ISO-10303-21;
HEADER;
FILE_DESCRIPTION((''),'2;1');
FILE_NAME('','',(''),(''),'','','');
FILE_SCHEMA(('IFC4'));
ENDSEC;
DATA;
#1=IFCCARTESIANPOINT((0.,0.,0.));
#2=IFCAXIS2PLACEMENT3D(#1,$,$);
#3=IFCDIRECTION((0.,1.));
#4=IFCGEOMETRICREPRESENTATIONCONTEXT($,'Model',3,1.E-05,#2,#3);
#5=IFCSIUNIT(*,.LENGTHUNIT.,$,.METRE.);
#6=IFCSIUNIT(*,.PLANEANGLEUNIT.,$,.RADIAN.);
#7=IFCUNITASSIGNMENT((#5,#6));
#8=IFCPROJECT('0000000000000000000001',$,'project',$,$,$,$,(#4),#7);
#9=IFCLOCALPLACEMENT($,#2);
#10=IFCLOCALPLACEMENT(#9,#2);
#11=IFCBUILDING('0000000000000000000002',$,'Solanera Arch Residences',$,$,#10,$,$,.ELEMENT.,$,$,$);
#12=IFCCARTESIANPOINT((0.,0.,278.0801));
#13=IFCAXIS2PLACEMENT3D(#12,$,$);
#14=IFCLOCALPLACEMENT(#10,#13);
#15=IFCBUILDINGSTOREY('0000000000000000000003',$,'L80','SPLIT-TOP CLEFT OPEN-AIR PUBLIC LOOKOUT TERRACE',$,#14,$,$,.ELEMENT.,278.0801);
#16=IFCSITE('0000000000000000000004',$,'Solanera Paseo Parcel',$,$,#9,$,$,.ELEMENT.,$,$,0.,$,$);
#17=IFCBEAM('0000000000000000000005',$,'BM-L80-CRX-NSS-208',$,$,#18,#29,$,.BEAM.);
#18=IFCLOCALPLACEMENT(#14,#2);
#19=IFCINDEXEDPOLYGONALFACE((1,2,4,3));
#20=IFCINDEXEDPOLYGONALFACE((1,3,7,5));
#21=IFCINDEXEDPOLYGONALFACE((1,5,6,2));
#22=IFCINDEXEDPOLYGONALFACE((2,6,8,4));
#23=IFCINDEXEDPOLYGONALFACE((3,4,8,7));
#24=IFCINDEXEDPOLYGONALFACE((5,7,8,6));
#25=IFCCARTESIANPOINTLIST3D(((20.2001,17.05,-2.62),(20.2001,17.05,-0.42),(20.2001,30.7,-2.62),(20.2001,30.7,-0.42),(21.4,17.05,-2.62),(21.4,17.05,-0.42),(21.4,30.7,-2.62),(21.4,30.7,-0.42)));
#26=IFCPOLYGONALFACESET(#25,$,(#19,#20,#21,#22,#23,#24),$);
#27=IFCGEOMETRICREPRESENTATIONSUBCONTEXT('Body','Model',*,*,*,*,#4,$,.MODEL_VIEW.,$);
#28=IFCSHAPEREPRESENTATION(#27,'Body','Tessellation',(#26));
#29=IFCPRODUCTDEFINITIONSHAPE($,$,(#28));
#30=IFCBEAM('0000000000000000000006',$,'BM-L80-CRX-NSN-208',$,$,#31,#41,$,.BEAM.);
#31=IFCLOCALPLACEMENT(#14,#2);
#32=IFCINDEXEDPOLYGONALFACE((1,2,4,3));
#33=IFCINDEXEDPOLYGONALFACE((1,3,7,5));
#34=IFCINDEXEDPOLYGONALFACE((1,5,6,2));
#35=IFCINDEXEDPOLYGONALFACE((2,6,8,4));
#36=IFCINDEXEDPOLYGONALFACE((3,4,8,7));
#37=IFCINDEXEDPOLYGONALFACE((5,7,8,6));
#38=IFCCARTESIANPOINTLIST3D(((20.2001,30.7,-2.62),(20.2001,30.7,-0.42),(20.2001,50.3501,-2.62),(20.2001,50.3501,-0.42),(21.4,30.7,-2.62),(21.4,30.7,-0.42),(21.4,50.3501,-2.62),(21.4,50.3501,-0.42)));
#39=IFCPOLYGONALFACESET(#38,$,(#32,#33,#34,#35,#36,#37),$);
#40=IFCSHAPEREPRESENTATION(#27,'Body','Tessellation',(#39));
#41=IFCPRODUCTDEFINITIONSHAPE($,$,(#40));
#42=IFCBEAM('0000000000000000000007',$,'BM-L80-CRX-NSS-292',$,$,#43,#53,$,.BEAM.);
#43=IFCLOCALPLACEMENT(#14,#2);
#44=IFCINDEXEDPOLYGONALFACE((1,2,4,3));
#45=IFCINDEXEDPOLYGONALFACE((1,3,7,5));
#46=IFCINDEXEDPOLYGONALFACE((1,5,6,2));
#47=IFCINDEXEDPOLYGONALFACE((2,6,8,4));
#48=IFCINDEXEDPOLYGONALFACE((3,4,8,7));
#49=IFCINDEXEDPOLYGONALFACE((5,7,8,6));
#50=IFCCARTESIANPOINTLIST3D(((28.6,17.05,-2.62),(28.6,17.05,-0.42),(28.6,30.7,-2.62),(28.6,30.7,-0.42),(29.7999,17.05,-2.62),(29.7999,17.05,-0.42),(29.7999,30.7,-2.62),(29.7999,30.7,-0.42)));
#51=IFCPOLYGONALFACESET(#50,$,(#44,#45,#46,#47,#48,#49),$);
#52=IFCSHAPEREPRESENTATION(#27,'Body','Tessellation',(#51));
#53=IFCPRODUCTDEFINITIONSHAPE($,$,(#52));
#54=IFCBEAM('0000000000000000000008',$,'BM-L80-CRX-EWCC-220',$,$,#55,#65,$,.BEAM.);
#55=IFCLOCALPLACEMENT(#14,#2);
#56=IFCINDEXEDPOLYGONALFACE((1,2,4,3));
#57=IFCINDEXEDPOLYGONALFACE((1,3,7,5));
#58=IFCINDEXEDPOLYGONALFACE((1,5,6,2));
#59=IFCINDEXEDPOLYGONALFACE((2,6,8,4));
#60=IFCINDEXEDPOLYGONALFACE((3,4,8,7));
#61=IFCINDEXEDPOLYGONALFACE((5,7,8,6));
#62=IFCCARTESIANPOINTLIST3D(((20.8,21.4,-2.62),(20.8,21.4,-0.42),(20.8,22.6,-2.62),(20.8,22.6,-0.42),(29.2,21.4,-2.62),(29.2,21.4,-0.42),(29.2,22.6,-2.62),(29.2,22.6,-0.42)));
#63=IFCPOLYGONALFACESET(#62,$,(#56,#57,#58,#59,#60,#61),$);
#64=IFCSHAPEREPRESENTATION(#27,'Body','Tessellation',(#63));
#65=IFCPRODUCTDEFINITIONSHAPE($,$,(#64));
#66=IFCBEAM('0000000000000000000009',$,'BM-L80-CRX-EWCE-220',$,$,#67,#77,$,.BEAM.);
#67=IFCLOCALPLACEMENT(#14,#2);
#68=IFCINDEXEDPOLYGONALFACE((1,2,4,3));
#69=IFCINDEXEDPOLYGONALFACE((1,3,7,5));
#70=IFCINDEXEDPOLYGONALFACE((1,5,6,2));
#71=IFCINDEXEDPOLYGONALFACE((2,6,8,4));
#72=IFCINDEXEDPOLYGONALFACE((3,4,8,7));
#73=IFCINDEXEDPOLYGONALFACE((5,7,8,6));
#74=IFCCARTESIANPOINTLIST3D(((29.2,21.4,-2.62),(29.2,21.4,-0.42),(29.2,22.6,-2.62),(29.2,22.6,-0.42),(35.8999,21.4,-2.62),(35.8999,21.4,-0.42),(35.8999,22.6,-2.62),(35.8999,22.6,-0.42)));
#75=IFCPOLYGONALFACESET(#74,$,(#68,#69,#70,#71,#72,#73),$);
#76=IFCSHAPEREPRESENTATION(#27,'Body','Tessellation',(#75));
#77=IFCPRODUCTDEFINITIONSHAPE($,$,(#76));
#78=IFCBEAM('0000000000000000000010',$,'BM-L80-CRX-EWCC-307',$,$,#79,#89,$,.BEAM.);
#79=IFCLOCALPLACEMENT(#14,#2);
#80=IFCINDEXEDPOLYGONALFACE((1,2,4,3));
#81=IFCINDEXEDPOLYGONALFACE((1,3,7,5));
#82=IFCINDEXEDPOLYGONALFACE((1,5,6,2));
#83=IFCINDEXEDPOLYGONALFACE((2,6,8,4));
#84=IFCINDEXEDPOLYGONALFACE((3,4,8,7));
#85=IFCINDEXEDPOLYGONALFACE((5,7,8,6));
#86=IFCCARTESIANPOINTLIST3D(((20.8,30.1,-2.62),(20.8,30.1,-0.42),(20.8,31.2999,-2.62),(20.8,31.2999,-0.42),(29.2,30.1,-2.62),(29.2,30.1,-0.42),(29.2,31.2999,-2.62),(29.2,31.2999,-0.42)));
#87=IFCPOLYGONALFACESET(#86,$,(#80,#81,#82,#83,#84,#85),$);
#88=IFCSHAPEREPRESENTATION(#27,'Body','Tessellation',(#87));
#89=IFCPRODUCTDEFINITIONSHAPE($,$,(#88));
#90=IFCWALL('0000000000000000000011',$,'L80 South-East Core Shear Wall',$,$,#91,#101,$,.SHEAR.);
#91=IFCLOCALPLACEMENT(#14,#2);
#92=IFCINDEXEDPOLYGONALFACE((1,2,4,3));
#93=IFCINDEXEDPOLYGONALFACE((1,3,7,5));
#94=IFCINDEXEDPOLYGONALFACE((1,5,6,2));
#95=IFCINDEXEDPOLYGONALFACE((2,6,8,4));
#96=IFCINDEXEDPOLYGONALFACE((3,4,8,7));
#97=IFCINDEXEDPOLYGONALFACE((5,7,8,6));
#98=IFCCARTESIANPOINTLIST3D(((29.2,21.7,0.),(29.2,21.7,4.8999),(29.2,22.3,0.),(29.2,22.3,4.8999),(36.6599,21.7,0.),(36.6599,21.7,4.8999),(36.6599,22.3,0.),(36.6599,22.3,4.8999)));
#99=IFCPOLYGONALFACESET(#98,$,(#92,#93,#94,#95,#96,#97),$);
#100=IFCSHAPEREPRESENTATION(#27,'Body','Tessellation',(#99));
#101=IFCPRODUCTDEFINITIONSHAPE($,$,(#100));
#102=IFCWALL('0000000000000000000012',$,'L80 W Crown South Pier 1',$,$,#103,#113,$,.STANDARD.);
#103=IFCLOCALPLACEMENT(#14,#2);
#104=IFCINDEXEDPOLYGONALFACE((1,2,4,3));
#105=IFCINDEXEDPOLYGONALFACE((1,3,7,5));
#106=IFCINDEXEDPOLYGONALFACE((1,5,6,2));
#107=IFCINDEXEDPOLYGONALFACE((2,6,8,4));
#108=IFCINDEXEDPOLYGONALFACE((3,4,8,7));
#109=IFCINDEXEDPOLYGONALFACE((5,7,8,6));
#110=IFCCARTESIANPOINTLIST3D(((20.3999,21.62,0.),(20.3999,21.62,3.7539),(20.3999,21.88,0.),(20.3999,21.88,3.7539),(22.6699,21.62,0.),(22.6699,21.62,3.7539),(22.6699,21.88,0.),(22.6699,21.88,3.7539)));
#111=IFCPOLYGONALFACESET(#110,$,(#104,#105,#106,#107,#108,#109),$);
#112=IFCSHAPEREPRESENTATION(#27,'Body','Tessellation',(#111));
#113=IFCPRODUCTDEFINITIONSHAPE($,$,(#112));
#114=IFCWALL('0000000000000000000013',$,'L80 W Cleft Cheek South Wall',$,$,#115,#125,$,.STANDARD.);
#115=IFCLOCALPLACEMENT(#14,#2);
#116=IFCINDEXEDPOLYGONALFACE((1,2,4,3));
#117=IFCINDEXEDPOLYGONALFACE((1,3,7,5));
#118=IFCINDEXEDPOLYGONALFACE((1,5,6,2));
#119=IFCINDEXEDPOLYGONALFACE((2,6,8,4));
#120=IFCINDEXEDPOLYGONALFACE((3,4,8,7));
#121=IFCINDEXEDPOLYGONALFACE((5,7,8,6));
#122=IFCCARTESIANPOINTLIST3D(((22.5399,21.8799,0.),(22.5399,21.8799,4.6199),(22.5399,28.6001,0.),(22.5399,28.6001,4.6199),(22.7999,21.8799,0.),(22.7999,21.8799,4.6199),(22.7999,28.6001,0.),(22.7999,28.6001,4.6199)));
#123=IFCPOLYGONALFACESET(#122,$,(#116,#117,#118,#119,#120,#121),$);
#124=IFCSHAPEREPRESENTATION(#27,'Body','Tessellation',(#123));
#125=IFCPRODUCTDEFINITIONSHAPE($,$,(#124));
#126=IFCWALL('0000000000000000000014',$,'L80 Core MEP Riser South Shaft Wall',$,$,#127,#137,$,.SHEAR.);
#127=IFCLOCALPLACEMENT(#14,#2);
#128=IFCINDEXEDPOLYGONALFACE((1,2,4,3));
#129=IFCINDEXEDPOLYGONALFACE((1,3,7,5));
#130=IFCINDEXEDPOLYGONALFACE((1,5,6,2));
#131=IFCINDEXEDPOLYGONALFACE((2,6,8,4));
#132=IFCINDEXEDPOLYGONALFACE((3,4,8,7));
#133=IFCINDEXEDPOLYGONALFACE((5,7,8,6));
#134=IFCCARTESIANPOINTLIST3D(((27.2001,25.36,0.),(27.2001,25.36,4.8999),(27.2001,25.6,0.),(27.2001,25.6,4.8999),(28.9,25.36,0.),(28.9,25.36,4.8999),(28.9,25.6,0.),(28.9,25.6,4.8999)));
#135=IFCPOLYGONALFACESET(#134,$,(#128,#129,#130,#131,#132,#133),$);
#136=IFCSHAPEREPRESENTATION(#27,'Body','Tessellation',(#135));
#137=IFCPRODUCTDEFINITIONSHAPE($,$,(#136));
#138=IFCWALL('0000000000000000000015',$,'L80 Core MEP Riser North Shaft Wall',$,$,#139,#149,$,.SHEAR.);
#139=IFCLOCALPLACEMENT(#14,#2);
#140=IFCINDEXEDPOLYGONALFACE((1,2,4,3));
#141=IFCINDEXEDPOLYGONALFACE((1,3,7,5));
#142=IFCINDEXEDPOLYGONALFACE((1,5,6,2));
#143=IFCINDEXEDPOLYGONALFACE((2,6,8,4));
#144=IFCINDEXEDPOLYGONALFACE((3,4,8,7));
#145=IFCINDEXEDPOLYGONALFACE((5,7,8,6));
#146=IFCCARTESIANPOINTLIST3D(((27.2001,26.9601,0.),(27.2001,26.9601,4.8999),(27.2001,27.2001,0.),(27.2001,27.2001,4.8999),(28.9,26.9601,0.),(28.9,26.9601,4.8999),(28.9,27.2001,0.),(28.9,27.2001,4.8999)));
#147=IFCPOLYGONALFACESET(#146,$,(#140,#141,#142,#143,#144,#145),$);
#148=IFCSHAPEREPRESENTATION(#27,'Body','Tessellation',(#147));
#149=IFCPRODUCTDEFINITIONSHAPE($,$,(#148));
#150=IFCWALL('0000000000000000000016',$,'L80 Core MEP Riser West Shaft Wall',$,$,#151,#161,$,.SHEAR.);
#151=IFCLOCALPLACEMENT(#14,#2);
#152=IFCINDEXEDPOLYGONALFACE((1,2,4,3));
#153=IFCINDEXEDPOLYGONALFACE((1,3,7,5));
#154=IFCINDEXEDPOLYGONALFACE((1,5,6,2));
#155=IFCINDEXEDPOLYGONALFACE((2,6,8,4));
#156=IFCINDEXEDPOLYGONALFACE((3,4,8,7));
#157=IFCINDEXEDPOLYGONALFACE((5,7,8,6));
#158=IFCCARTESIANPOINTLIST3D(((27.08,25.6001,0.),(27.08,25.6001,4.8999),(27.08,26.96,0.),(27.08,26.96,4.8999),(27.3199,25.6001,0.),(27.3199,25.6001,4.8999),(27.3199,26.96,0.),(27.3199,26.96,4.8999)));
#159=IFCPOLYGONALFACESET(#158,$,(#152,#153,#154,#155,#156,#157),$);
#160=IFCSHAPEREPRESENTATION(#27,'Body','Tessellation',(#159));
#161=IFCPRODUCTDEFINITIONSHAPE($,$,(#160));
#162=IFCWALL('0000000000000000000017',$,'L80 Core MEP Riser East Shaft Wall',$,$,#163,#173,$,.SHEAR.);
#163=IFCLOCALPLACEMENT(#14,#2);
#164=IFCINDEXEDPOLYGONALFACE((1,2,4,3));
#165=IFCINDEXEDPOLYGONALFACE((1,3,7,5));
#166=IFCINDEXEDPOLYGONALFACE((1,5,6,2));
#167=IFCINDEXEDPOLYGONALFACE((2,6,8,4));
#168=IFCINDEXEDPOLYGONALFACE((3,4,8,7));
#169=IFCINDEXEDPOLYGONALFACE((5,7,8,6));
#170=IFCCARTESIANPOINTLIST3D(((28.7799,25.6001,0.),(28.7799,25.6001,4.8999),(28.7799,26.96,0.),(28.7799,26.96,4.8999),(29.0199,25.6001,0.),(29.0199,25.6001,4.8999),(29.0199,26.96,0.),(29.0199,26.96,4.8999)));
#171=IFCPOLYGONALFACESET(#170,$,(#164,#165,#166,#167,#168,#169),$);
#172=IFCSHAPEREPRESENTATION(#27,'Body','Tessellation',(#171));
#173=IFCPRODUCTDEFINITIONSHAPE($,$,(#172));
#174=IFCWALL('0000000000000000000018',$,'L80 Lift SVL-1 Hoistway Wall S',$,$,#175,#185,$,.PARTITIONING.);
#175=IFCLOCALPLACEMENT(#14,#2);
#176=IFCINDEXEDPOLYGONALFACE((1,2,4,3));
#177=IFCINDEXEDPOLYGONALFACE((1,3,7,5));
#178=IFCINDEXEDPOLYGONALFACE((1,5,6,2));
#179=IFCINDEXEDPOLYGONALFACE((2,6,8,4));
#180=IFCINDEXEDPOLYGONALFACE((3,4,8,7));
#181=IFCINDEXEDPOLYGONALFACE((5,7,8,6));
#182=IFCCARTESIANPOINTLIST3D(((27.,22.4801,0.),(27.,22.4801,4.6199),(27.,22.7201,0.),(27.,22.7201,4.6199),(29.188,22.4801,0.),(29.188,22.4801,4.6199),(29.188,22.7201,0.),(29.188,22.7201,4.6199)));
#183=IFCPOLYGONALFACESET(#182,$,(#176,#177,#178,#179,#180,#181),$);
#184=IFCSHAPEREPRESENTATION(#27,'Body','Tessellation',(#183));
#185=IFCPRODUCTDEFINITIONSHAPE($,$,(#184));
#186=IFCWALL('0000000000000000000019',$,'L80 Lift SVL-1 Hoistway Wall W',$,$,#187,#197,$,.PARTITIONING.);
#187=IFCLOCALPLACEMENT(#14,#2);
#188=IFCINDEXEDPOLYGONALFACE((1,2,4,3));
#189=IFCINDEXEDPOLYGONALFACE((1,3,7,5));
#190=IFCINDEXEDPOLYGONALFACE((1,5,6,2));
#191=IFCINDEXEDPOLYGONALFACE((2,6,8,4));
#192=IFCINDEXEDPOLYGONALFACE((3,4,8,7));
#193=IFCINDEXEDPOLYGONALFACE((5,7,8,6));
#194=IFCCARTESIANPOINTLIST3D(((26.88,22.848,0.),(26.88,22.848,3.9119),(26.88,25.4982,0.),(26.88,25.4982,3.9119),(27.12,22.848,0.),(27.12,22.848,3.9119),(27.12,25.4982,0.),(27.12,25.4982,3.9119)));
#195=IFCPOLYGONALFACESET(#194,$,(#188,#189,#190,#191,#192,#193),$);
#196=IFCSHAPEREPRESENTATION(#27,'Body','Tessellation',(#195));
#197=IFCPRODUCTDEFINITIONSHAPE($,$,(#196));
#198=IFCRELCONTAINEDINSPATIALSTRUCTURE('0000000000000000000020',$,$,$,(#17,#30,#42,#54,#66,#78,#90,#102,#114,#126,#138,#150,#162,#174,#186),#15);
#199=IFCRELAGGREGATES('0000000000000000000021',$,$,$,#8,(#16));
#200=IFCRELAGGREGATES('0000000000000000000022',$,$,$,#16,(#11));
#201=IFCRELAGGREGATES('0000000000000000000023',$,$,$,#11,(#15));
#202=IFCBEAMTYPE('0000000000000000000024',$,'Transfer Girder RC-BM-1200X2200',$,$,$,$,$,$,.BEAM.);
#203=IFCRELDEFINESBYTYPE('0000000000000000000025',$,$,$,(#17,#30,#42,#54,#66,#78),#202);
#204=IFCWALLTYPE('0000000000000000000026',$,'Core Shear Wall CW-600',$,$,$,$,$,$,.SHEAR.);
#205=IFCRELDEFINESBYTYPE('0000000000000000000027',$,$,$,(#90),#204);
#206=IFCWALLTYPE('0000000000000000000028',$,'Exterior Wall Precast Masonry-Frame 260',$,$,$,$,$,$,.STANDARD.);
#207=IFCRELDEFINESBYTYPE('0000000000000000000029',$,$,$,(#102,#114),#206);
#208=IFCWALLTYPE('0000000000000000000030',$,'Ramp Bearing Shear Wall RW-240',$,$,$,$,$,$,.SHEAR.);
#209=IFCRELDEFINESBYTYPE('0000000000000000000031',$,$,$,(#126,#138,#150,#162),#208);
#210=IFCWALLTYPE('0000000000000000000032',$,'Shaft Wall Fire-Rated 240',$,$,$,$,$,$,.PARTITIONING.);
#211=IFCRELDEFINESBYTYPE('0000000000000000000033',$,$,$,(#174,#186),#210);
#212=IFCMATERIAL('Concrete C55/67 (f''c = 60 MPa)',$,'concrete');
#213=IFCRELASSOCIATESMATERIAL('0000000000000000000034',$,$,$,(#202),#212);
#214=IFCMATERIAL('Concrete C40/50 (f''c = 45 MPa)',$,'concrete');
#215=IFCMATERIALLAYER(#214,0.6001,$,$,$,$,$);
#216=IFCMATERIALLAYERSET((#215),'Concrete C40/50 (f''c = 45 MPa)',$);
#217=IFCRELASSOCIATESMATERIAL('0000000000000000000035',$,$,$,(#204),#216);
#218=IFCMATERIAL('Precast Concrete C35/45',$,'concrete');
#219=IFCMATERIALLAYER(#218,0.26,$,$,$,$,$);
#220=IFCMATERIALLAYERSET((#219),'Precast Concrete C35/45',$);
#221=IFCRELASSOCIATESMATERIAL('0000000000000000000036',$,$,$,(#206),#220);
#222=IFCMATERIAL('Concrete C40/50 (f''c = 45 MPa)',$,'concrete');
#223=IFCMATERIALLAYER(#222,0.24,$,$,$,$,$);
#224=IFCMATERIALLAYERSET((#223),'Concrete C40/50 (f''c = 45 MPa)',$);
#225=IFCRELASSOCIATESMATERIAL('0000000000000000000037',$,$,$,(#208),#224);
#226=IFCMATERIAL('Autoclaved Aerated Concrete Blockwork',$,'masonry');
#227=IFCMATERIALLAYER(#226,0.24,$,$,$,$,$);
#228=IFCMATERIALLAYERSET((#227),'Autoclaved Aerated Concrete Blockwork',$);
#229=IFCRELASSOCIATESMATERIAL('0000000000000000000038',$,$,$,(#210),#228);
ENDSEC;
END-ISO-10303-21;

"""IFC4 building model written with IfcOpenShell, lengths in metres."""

from ifc_helpers import new_model, si_unit, direction, frame, frame_2d, origin, origin_2d, place, context, subcontext, project, spatial, rectangle, extrude, material, layer, layer_set, material_profile, profile_set, type_object, element, save


model = new_model("IFC4")

# Units and contexts
model_context = context("Model", 3, precision=1e-05, world=origin(), true_north=direction((0.0, 1.0)))
body_context = subcontext(model_context, "Body", "Model", "MODEL_VIEW")
ifc_project = project(units=[si_unit("LENGTHUNIT", "METRE"), si_unit("PLANEANGLEUNIT", "RADIAN")], contexts=[model_context])

# Site, building, storey
site_placement = place(None, origin())
site = spatial("IfcSite", under=ifc_project, at=site_placement, Name="Solanera Paseo Parcel", CompositionType="ELEMENT", RefElevation=0.0)
building_placement = place(site_placement, origin())
building = spatial("IfcBuilding", under=site, at=building_placement, Name="Solanera Arch Residences", CompositionType="ELEMENT")
storey_placement = place(building_placement, frame((0.0, 0.0, 278.0801)))
storey = spatial("IfcBuildingStorey", under=building, at=storey_placement, Name="L80", Description="SPLIT-TOP CLEFT OPEN-AIR PUBLIC LOOKOUT TERRACE", CompositionType="ELEMENT", Elevation=278.0801)

# Beams
ifc_material_1 = material(Name="Concrete C55/67 (f'c = 60 MPa)", Category="concrete")
ifc_material_profile_1 = material_profile(ifc_material_1, rectangle(XDim=1.2, YDim=2.2, at=origin_2d()))
ifc_profile_set_1 = profile_set([ifc_material_profile_1], Name="Concrete C55/67 (f'c = 60 MPa)")
beam_type_1 = type_object("IfcBeamType", Name="Transfer Girder RC-BM-1200X2200", PredefinedType="BEAM", material=ifc_profile_set_1)
beam_1_placement = place(storey_placement, frame((20.8, 17.05, -1.52), z_axis=(0.0, 1.0, 0.0), x_axis=(-1.0, 0.0, 0.0)))
element("IfcBeam", 1, at=beam_1_placement, inside=storey, type_object=beam_type_1, Name="BM-L80-CRX-NSS-208", PredefinedType="BEAM", context=body_context, shape_type="SweptSolid", body=[
    extrude(rectangle(XDim=1.2, YDim=2.2, at=origin_2d()), origin(), (0.0, 0.0, 1.0), 13.6499),
])
beam_2_placement = place(storey_placement, frame((20.8, 30.7, -1.52), z_axis=(0.0, 1.0, 0.0), x_axis=(-1.0, 0.0, 0.0)))
element("IfcBeam", 2, at=beam_2_placement, inside=storey, type_object=beam_type_1, Name="BM-L80-CRX-NSN-208", PredefinedType="BEAM", context=body_context, shape_type="SweptSolid", body=[
    extrude(rectangle(XDim=1.2, YDim=2.2, at=origin_2d()), origin(), (0.0, 0.0, 1.0), 19.6501),
])
beam_3_placement = place(storey_placement, frame((29.2, 17.05, -1.52), z_axis=(0.0, 1.0, 0.0), x_axis=(-1.0, 0.0, 0.0)))
element("IfcBeam", 3, at=beam_3_placement, inside=storey, type_object=beam_type_1, Name="BM-L80-CRX-NSS-292", PredefinedType="BEAM", context=body_context, shape_type="SweptSolid", body=[
    extrude(rectangle(XDim=1.2, YDim=2.2, at=origin_2d()), origin(), (0.0, 0.0, 1.0), 13.6499),
])
beam_4_placement = place(storey_placement, frame((20.8, 22.0, -1.52), z_axis=(1.0, 0.0, 0.0), x_axis=(0.0, 1.0, 0.0)))
element("IfcBeam", 4, at=beam_4_placement, inside=storey, type_object=beam_type_1, Name="BM-L80-CRX-EWCC-220", PredefinedType="BEAM", context=body_context, shape_type="SweptSolid", body=[
    extrude(rectangle(XDim=1.2, YDim=2.2, at=origin_2d()), origin(), (0.0, 0.0, 1.0), 8.3999),
])
beam_5_placement = place(storey_placement, frame((29.2, 22.0, -1.52), z_axis=(1.0, 0.0, 0.0), x_axis=(0.0, 1.0, 0.0)))
element("IfcBeam", 5, at=beam_5_placement, inside=storey, type_object=beam_type_1, Name="BM-L80-CRX-EWCE-220", PredefinedType="BEAM", context=body_context, shape_type="SweptSolid", body=[
    extrude(rectangle(XDim=1.2, YDim=2.2, at=origin_2d()), origin(), (0.0, 0.0, 1.0), 6.7),
])
beam_6_placement = place(storey_placement, frame((20.8, 30.7, -1.52), z_axis=(1.0, 0.0, 0.0), x_axis=(0.0, 1.0, 0.0)))
element("IfcBeam", 6, at=beam_6_placement, inside=storey, type_object=beam_type_1, Name="BM-L80-CRX-EWCC-307", PredefinedType="BEAM", context=body_context, shape_type="SweptSolid", body=[
    extrude(rectangle(XDim=1.2, YDim=2.2, at=origin_2d()), origin(), (0.0, 0.0, 1.0), 8.3999),
])

# Walls
ifc_material_2 = material(Name="Concrete C40/50 (f'c = 45 MPa)", Category="concrete")
ifc_layer_1 = layer(ifc_material_2, 0.6001)
ifc_layer_set_1 = layer_set([ifc_layer_1], Name="Concrete C40/50 (f'c = 45 MPa)")
wall_type_1 = type_object("IfcWallType", Name="Core Shear Wall CW-600", PredefinedType="SHEAR", material=ifc_layer_set_1)
wall_1_placement = place(storey_placement, frame((29.2, 22.0, 0.0), z_axis=(0.0, 0.0, 1.0), x_axis=(1.0, 0.0, 0.0)))
element("IfcWall", 7, at=wall_1_placement, inside=storey, type_object=wall_type_1, Name="L80 South-East Core Shear Wall", PredefinedType="SHEAR", context=body_context, shape_type="SweptSolid", body=[
    extrude(rectangle(XDim=7.46, YDim=0.6001, at=frame_2d((3.73, 0.0))), origin(), (0.0, 0.0, 1.0), 4.8999),
])
ifc_material_3 = material(Name="Precast Concrete C35/45", Category="concrete")
ifc_layer_2 = layer(ifc_material_3, 0.26)
ifc_layer_set_2 = layer_set([ifc_layer_2], Name="Precast Concrete C35/45")
wall_type_2 = type_object("IfcWallType", Name="Exterior Wall Precast Masonry-Frame 260", PredefinedType="STANDARD", material=ifc_layer_set_2)
wall_2_placement = place(storey_placement, frame((22.6699, 21.75, 0.0), z_axis=(0.0, 0.0, 1.0), x_axis=(-1.0, 0.0, 0.0)))
element("IfcWall", 8, at=wall_2_placement, inside=storey, type_object=wall_type_2, Name="L80 W Crown South Pier 1", PredefinedType="STANDARD", context=body_context, shape_type="SweptSolid", body=[
    extrude(rectangle(XDim=2.27, YDim=0.26, at=frame_2d((1.135, 0.0))), origin(), (0.0, 0.0, 1.0), 3.7539),
])
wall_3_placement = place(storey_placement, frame((22.6699, 21.8799, 0.0), z_axis=(0.0, 0.0, 1.0), x_axis=(0.0, 1.0, 0.0)))
element("IfcWall", 9, at=wall_3_placement, inside=storey, type_object=wall_type_2, Name="L80 W Cleft Cheek South Wall", PredefinedType="STANDARD", context=body_context, shape_type="SweptSolid", body=[
    extrude(rectangle(XDim=6.7202, YDim=0.26, at=frame_2d((3.3601, 0.0))), origin(), (0.0, 0.0, 1.0), 4.6199),
])
ifc_material_4 = material(Name="Concrete C40/50 (f'c = 45 MPa)", Category="concrete")
ifc_layer_3 = layer(ifc_material_4, 0.24)
ifc_layer_set_3 = layer_set([ifc_layer_3], Name="Concrete C40/50 (f'c = 45 MPa)")
wall_type_3 = type_object("IfcWallType", Name="Ramp Bearing Shear Wall RW-240", PredefinedType="SHEAR", material=ifc_layer_set_3)
for number, where, z_axis, x_axis, name in (
    (10, (27.2, 25.48, 0.0), (0.0, 0.0, 1.0), (1.0, 0.0, 0.0), "L80 Core MEP Riser South Shaft Wall"),
    (11, (27.2, 27.0801, 0.0), (0.0, 0.0, 1.0), (1.0, 0.0, 0.0), "L80 Core MEP Riser North Shaft Wall"),
):
    element("IfcWall", number, at=place(storey_placement, frame(where, z_axis=z_axis, x_axis=x_axis)), inside=storey, type_object=wall_type_3, Name=name, PredefinedType="SHEAR", context=body_context, shape_type="SweptSolid", body=[
        extrude(rectangle(XDim=1.7, YDim=0.24, at=frame_2d((0.8501, 0.0))), origin(), (0.0, 0.0, 1.0), 4.8999),
    ])
for number, where, z_axis, x_axis, name in (
    (12, (27.2, 25.6001, 0.0), (0.0, 0.0, 1.0), (0.0, 1.0, 0.0), "L80 Core MEP Riser West Shaft Wall"),
    (13, (28.8999, 25.6001, 0.0), (0.0, 0.0, 1.0), (0.0, 1.0, 0.0), "L80 Core MEP Riser East Shaft Wall"),
):
    element("IfcWall", number, at=place(storey_placement, frame(where, z_axis=z_axis, x_axis=x_axis)), inside=storey, type_object=wall_type_3, Name=name, PredefinedType="SHEAR", context=body_context, shape_type="SweptSolid", body=[
        extrude(rectangle(XDim=1.3599, YDim=0.24, at=frame_2d((0.6799, 0.0))), origin(), (0.0, 0.0, 1.0), 4.8999),
    ])
ifc_material_5 = material(Name="Autoclaved Aerated Concrete Blockwork", Category="masonry")
ifc_layer_4 = layer(ifc_material_5, 0.24)
ifc_layer_set_4 = layer_set([ifc_layer_4], Name="Autoclaved Aerated Concrete Blockwork")
wall_type_4 = type_object("IfcWallType", Name="Shaft Wall Fire-Rated 240", PredefinedType="PARTITIONING", material=ifc_layer_set_4)
wall_4_placement = place(storey_placement, frame((27.0, 22.6001, 0.0), z_axis=(0.0, 0.0, 1.0), x_axis=(1.0, 0.0, 0.0)))
element("IfcWall", 14, at=wall_4_placement, inside=storey, type_object=wall_type_4, Name="L80 Lift SVL-1 Hoistway Wall S", PredefinedType="PARTITIONING", context=body_context, shape_type="SweptSolid", body=[
    extrude(rectangle(XDim=2.188, YDim=0.24, at=frame_2d((1.094, 0.0))), origin(), (0.0, 0.0, 1.0), 4.6199),
])
wall_5_placement = place(storey_placement, frame((27.0, 22.8479, 0.0), z_axis=(0.0, 0.0, 1.0), x_axis=(0.0, 1.0, 0.0)))
element("IfcWall", 15, at=wall_5_placement, inside=storey, type_object=wall_type_4, Name="L80 Lift SVL-1 Hoistway Wall W", PredefinedType="PARTITIONING", context=body_context, shape_type="SweptSolid", body=[
    extrude(rectangle(XDim=2.6501, YDim=0.24, at=frame_2d((1.3252, 0.0))), origin(), (0.0, 0.0, 1.0), 3.9119),
])

save(model, "model.ifc")
